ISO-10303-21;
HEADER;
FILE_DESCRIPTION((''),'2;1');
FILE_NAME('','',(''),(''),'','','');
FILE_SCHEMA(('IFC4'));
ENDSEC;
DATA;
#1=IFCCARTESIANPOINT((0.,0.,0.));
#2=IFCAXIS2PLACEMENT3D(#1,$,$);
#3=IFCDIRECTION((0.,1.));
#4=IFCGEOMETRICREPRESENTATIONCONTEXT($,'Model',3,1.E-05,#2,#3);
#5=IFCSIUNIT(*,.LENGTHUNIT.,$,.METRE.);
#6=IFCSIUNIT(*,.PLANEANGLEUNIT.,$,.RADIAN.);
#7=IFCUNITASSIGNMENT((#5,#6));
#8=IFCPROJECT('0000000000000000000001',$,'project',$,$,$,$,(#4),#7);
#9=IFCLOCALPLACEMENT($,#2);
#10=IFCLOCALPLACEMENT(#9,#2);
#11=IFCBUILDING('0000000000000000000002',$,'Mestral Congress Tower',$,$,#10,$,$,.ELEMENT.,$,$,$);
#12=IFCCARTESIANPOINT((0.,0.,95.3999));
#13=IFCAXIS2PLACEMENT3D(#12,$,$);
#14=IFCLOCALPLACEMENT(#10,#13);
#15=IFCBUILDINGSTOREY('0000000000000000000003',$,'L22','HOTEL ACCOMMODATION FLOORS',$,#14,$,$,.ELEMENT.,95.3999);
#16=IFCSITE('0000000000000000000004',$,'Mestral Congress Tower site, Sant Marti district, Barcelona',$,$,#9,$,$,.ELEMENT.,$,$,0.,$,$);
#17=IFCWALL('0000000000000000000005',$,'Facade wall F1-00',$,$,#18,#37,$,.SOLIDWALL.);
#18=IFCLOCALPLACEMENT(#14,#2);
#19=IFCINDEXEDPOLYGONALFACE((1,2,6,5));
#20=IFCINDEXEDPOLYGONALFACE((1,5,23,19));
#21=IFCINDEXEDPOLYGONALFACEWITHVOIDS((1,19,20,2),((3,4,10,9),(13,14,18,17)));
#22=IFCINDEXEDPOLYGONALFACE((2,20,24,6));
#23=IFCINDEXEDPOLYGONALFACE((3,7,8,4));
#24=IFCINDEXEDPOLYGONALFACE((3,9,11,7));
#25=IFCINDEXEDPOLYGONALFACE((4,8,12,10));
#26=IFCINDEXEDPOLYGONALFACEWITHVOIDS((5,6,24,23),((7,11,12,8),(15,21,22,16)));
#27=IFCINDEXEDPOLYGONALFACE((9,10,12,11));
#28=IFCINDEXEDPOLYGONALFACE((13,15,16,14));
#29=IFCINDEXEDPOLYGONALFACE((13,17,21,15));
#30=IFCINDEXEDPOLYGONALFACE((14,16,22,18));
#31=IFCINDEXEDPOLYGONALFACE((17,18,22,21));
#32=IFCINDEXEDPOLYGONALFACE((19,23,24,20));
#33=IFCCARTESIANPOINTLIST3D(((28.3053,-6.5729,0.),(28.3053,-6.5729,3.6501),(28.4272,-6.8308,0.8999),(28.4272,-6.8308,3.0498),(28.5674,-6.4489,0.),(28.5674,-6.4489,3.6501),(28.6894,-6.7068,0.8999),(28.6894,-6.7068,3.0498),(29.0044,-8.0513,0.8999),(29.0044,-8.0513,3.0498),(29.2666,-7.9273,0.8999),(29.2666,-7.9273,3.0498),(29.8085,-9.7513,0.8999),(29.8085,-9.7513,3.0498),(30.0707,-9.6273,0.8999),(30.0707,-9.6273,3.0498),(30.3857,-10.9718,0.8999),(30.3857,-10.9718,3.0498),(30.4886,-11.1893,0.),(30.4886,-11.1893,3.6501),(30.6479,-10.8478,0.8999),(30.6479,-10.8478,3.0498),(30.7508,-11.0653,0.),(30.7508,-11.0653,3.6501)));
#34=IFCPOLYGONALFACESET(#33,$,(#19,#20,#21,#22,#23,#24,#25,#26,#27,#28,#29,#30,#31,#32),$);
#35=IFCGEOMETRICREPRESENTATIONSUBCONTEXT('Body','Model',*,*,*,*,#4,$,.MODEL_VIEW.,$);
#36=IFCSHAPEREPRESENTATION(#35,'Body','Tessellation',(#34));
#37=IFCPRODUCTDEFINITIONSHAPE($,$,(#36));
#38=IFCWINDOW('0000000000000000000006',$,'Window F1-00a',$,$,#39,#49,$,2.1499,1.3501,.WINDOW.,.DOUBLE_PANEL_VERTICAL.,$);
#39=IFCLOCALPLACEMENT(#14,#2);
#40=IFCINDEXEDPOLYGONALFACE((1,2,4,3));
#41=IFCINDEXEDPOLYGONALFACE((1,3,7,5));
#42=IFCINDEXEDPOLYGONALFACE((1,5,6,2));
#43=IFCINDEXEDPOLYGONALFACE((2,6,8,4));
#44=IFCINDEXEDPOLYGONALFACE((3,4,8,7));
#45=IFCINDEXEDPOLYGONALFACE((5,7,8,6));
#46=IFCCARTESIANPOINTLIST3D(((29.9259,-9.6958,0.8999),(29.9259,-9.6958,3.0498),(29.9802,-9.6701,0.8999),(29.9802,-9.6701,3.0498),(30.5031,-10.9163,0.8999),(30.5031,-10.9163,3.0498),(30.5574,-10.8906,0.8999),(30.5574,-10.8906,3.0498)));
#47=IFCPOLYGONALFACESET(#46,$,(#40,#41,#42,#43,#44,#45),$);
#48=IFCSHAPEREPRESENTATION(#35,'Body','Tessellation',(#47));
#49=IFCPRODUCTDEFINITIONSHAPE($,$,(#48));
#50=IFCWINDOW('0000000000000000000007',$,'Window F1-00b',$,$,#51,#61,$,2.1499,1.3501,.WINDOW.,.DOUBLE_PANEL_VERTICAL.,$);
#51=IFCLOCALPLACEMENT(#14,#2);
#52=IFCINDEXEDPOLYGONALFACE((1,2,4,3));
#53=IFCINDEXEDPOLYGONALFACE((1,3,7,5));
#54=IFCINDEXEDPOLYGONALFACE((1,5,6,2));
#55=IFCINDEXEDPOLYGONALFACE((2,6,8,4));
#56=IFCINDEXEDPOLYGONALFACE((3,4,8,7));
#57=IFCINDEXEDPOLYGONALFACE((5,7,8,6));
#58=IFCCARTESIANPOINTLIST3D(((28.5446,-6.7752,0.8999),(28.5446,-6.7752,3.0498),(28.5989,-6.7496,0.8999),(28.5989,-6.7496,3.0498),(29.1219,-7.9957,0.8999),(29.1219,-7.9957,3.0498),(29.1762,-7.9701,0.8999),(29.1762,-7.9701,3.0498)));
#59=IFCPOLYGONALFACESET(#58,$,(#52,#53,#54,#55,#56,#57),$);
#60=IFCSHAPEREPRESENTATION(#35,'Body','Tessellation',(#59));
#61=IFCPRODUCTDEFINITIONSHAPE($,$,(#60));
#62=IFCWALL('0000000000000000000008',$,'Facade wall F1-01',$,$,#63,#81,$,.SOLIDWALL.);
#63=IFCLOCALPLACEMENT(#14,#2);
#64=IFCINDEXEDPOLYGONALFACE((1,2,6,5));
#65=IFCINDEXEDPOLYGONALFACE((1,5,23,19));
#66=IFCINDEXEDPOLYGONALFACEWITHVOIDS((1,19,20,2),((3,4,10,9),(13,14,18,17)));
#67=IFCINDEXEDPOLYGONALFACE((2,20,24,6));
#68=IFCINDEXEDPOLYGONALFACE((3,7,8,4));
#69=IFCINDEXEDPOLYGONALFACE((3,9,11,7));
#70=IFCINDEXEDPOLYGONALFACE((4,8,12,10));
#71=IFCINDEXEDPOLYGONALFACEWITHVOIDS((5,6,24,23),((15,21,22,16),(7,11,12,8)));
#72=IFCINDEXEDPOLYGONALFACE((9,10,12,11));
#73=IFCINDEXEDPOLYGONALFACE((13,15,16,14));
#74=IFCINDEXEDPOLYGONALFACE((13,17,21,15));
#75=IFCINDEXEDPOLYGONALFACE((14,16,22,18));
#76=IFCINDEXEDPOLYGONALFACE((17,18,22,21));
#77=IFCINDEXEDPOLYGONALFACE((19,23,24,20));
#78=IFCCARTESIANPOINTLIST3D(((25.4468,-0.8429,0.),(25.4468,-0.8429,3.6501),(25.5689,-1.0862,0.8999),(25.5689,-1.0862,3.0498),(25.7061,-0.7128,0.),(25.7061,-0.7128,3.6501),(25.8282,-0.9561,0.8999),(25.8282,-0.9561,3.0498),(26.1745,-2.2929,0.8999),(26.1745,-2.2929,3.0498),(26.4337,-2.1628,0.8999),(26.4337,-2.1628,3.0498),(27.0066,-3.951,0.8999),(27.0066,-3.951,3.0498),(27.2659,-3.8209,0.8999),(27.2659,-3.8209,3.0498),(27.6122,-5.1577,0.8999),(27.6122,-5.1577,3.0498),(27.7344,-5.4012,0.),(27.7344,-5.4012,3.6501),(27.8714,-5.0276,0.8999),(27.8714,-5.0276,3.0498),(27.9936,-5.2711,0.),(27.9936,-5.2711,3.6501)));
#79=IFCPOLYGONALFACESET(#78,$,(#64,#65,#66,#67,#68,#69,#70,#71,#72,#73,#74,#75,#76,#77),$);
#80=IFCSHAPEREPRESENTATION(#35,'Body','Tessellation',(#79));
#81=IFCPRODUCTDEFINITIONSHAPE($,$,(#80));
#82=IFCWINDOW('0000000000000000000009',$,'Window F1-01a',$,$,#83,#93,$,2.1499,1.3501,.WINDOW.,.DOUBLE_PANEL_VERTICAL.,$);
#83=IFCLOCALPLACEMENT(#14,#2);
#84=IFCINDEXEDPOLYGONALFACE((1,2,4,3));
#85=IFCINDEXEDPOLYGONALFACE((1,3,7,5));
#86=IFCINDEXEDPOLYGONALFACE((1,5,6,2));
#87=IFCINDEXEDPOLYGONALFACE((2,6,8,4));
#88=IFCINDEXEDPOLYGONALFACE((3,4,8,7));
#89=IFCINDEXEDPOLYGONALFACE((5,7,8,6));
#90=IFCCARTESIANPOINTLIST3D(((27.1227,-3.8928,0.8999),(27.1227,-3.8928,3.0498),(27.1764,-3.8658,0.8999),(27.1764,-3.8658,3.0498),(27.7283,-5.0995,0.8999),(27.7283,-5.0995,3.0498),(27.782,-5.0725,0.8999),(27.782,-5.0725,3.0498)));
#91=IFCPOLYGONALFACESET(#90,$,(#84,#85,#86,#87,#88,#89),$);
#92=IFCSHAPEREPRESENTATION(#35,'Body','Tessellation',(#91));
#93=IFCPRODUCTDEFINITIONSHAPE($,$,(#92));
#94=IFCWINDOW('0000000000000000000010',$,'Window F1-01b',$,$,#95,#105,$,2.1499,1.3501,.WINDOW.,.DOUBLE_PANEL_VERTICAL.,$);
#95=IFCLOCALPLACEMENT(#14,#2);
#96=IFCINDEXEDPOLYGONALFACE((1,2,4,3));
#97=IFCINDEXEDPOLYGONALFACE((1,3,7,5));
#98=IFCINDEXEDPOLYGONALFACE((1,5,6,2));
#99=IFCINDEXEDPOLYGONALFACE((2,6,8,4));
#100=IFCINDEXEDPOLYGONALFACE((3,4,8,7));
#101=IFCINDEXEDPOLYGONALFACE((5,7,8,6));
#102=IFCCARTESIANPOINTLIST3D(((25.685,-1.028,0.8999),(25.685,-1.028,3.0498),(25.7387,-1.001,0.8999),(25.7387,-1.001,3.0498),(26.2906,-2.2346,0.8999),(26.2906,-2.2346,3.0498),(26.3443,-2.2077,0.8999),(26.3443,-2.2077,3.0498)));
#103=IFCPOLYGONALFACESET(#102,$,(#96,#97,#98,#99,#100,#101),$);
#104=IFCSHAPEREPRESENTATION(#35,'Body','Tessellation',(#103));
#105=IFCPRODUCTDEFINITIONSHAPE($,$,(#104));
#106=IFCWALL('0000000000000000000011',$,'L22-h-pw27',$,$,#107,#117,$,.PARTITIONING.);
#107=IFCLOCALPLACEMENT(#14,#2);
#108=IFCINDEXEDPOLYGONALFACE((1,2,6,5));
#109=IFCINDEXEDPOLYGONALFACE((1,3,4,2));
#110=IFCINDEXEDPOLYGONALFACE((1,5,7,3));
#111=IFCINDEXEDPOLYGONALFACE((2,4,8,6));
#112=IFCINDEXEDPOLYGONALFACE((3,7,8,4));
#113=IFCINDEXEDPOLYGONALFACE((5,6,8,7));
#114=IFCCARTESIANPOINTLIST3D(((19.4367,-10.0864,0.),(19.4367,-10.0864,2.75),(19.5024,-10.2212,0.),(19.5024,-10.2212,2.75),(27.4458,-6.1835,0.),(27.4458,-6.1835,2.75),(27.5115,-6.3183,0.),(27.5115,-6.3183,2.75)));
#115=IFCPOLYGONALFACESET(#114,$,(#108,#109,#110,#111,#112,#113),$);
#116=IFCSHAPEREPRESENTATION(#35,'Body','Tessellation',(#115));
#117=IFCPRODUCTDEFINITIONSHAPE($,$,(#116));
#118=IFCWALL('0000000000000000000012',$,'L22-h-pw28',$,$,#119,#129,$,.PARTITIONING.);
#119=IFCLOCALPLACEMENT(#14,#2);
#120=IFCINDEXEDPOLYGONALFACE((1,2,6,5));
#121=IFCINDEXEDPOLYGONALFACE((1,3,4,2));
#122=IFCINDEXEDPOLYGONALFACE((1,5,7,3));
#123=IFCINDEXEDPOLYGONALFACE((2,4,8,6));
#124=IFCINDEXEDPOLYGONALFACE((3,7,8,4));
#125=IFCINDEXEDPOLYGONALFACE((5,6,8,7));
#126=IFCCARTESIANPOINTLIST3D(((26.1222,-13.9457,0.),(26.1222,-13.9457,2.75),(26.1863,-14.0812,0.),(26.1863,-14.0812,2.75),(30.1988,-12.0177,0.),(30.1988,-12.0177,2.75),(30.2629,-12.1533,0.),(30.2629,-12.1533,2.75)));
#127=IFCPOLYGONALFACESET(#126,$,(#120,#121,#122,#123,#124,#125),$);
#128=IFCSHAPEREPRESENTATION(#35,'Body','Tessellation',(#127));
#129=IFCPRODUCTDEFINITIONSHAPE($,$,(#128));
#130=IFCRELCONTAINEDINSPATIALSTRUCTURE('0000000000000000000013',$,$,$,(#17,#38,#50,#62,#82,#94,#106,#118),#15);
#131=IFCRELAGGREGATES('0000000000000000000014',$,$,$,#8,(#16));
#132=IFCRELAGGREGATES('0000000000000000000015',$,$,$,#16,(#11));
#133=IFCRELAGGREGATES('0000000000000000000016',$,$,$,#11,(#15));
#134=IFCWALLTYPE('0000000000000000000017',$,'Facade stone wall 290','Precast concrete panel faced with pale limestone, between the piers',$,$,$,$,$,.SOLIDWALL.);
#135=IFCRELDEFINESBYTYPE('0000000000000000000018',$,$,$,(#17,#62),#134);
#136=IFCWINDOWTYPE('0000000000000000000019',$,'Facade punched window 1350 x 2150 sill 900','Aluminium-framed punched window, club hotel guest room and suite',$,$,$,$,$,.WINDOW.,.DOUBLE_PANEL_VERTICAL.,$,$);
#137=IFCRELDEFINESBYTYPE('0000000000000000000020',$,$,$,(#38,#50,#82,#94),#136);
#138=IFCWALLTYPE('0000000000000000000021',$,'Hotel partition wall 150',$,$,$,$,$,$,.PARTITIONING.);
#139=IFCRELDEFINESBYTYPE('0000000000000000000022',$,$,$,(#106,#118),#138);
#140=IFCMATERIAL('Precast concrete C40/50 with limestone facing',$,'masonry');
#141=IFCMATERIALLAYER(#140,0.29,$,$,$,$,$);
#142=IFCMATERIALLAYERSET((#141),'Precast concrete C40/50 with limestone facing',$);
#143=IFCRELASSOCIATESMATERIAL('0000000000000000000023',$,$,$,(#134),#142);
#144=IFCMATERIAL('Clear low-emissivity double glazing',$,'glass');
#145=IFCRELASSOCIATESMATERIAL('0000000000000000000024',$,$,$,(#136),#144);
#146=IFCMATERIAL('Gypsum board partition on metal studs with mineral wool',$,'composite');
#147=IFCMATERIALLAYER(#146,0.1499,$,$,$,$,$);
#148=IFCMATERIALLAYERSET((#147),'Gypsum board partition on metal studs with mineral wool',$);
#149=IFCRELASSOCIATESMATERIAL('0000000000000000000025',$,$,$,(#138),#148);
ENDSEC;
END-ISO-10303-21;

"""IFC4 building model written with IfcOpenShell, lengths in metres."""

from ifc_helpers import new_model, si_unit, direction, frame, frame_2d, origin, place, context, subcontext, project, spatial, rectangle, extrude, material, layer, layer_set, type_object, element, fill, save


model = new_model("IFC4")

# Units and contexts
model_context = context("Model", 3, precision=1e-05, world=origin(), true_north=direction((0.0, 1.0)))
body_context = subcontext(model_context, "Body", "Model", "MODEL_VIEW")
ifc_project = project(units=[si_unit("LENGTHUNIT", "METRE"), si_unit("PLANEANGLEUNIT", "RADIAN")], contexts=[model_context])

# Site, building, storey
site_placement = place(None, origin())
site = spatial("IfcSite", under=ifc_project, at=site_placement, Name="Mestral Congress Tower site, Sant Marti district, Barcelona", CompositionType="ELEMENT", RefElevation=0.0)
building_placement = place(site_placement, origin())
building = spatial("IfcBuilding", under=site, at=building_placement, Name="Mestral Congress Tower", CompositionType="ELEMENT")
storey_placement = place(building_placement, frame((0.0, 0.0, 95.3999)))
storey = spatial("IfcBuildingStorey", under=building, at=storey_placement, Name="L22", Description="HOTEL ACCOMMODATION FLOORS", CompositionType="ELEMENT", Elevation=95.3999)

# Shared definitions
ifc_material_1 = material(Name="Precast concrete C40/50 with limestone facing", Category="masonry")
ifc_layer_1 = layer(ifc_material_1, 0.29)
ifc_layer_set_1 = layer_set([ifc_layer_1], Name="Precast concrete C40/50 with limestone facing")
wall_type_1 = type_object("IfcWallType", Name="Facade stone wall 290", Description="Precast concrete panel faced with pale limestone, between the piers", PredefinedType="SOLIDWALL", material=ifc_layer_set_1)
ifc_material_2 = material(Name="Clear low-emissivity double glazing", Category="glass")

# Walls, openings, windows
wall_1_placement = place(storey_placement, frame((30.6196, -11.1272, 0.0), z_axis=(0.0, 0.0, 1.0), x_axis=(-0.427544, 0.903995, 0.0)))
wall_1 = element("IfcWall", 1, at=wall_1_placement, inside=storey, type_object=wall_type_1, Name="Facade wall F1-00", PredefinedType="SOLIDWALL", context=body_context, shape_type="SweptSolid", body=[
    extrude(rectangle(XDim=5.1067, YDim=0.29, at=frame_2d((2.5532, 0.0))), origin(), (0.0, 0.0, 1.0), 3.6501),
])
opening_1_placement = place(wall_1_placement, frame((0.2405, 0.0, 0.8999)))
opening_1 = element("IfcOpeningElement", 2, at=opening_1_placement, cuts=wall_1, PredefinedType="OPENING", context=body_context, shape_type="SweptSolid", body=[
    extrude(rectangle(XDim=1.3501, YDim=2.1499, at=frame_2d((0.675, 1.075))), frame((0.0, 0.155, 0.0), z_axis=(0.0, -1.0, 0.0), x_axis=(1.0, 0.0, 0.0)), (0.0, 0.0, 1.0), 0.3101),
])
opening_2_placement = place(wall_1_placement, frame((3.4712, 0.0, 0.8999)))
opening_2 = element("IfcOpeningElement", 3, at=opening_2_placement, cuts=wall_1, PredefinedType="OPENING", context=body_context, shape_type="SweptSolid", body=[
    extrude(rectangle(XDim=1.3501, YDim=2.1499, at=frame_2d((0.675, 1.075))), frame((0.0, 0.155, 0.0), z_axis=(0.0, -1.0, 0.0), x_axis=(1.0, 0.0, 0.0)), (0.0, 0.0, 1.0), 0.3101),
])
window_type_1 = type_object("IfcWindowType", Name="Facade punched window 1350 x 2150 sill 900", Description="Aluminium-framed punched window, club hotel guest room and suite", PartitioningType="DOUBLE_PANEL_VERTICAL", PredefinedType="WINDOW", material=ifc_material_2)
window_1_placement = place(opening_1_placement, origin())
window_1 = element("IfcWindow", 4, at=window_1_placement, inside=storey, type_object=window_type_1, Name="Window F1-00a", OverallHeight=2.1499, OverallWidth=1.3501, PartitioningType="DOUBLE_PANEL_VERTICAL", PredefinedType="WINDOW", context=body_context, shape_type="SweptSolid", body=[
    extrude(rectangle(XDim=1.3501, YDim=2.1499, at=frame_2d((0.675, 1.075))), frame((0.0, 0.0151, 0.0), z_axis=(0.0, -1.0, 0.0), x_axis=(1.0, 0.0, 0.0)), (0.0, 0.0, 1.0), 0.0601),
])
fill(opening_1, window_1)
window_2_placement = place(opening_2_placement, origin())
window_2 = element("IfcWindow", 5, at=window_2_placement, inside=storey, type_object=window_type_1, Name="Window F1-00b", OverallHeight=2.1499, OverallWidth=1.3501, PartitioningType="DOUBLE_PANEL_VERTICAL", PredefinedType="WINDOW", context=body_context, shape_type="SweptSolid", body=[
    extrude(rectangle(XDim=1.3501, YDim=2.1499, at=frame_2d((0.675, 1.075))), frame((0.0, 0.0151, 0.0), z_axis=(0.0, -1.0, 0.0), x_axis=(1.0, 0.0, 0.0)), (0.0, 0.0, 1.0), 0.0601),
])
fill(opening_2, window_2)
wall_2_placement = place(storey_placement, frame((27.864, -5.3362, 0.0), z_axis=(0.0, 0.0, 1.0), x_axis=(-0.448534, 0.893766, 0.0)))
wall_2 = element("IfcWall", 6, at=wall_2_placement, inside=storey, type_object=wall_type_1, Name="Facade wall F1-01", PredefinedType="SOLIDWALL", context=body_context, shape_type="SweptSolid", body=[
    extrude(rectangle(XDim=5.1001, YDim=0.29, at=frame_2d((2.55, 0.0))), origin(), (0.0, 0.0, 1.0), 3.6501),
])
opening_3_placement = place(wall_2_placement, frame((0.2725, 0.0, 0.8999)))
opening_3 = element("IfcOpeningElement", 7, at=opening_3_placement, cuts=wall_2, PredefinedType="OPENING", context=body_context, shape_type="SweptSolid", body=[
    extrude(rectangle(XDim=1.3501, YDim=2.1499, at=frame_2d((0.675, 1.075))), frame((0.0, 0.155, 0.0), z_axis=(0.0, -1.0, 0.0), x_axis=(1.0, 0.0, 0.0)), (0.0, 0.0, 1.0), 0.3101),
])
opening_4_placement = place(wall_2_placement, frame((3.4778, 0.0, 0.8999)))
opening_4 = element("IfcOpeningElement", 8, at=opening_4_placement, cuts=wall_2, PredefinedType="OPENING", context=body_context, shape_type="SweptSolid", body=[
    extrude(rectangle(XDim=1.3501, YDim=2.1499, at=frame_2d((0.675, 1.075))), frame((0.0, 0.155, 0.0), z_axis=(0.0, -1.0, 0.0), x_axis=(1.0, 0.0, 0.0)), (0.0, 0.0, 1.0), 0.3101),
])
window_3_placement = place(opening_3_placement, origin())
window_3 = element("IfcWindow", 9, at=window_3_placement, inside=storey, type_object=window_type_1, Name="Window F1-01a", OverallHeight=2.1499, OverallWidth=1.3501, PartitioningType="DOUBLE_PANEL_VERTICAL", PredefinedType="WINDOW", context=body_context, shape_type="SweptSolid", body=[
    extrude(rectangle(XDim=1.3501, YDim=2.1499, at=frame_2d((0.675, 1.075))), frame((0.0, 0.0151, 0.0), z_axis=(0.0, -1.0, 0.0), x_axis=(1.0, 0.0, 0.0)), (0.0, 0.0, 1.0), 0.0601),
])
fill(opening_3, window_3)
window_4_placement = place(opening_4_placement, origin())
window_4 = element("IfcWindow", 10, at=window_4_placement, inside=storey, type_object=window_type_1, Name="Window F1-01b", OverallHeight=2.1499, OverallWidth=1.3501, PartitioningType="DOUBLE_PANEL_VERTICAL", PredefinedType="WINDOW", context=body_context, shape_type="SweptSolid", body=[
    extrude(rectangle(XDim=1.3501, YDim=2.1499, at=frame_2d((0.675, 1.075))), frame((0.0, 0.0151, 0.0), z_axis=(0.0, -1.0, 0.0), x_axis=(1.0, 0.0, 0.0)), (0.0, 0.0, 1.0), 0.0601),
])
fill(opening_4, window_4)

# Walls
ifc_material_3 = material(Name="Gypsum board partition on metal studs with mineral wool", Category="composite")
ifc_layer_2 = layer(ifc_material_3, 0.1499)
ifc_layer_set_2 = layer_set([ifc_layer_2], Name="Gypsum board partition on metal studs with mineral wool")
wall_type_2 = type_object("IfcWallType", Name="Hotel partition wall 150", PredefinedType="PARTITIONING", material=ifc_layer_set_2)
wall_3_placement = place(storey_placement, frame((27.4785, -6.251, 0.0), z_axis=(0.0, 0.0, 1.0), x_axis=(-0.898946, -0.43806, 0.0)))
element("IfcWall", 11, at=wall_3_placement, inside=storey, type_object=wall_type_2, Name="L22-h-pw27", PredefinedType="PARTITIONING", context=body_context, shape_type="SweptSolid", body=[
    extrude(rectangle(XDim=8.9094, YDim=0.1499, at=frame_2d((4.4546, 0.0))), origin(), (0.0, 0.0, 1.0), 2.75),
])
wall_4_placement = place(storey_placement, frame((30.231, -12.0854, 0.0), z_axis=(0.0, 0.0, 1.0), x_axis=(-0.904001, -0.42753, 0.0)))
element("IfcWall", 12, at=wall_4_placement, inside=storey, type_object=wall_type_2, Name="L22-h-pw28", PredefinedType="PARTITIONING", context=body_context, shape_type="SweptSolid", body=[
    extrude(rectangle(XDim=4.5095, YDim=0.1499, at=frame_2d((2.2549, 0.0))), origin(), (0.0, 0.0, 1.0), 2.75),
])

save(model, "model.ifc")
